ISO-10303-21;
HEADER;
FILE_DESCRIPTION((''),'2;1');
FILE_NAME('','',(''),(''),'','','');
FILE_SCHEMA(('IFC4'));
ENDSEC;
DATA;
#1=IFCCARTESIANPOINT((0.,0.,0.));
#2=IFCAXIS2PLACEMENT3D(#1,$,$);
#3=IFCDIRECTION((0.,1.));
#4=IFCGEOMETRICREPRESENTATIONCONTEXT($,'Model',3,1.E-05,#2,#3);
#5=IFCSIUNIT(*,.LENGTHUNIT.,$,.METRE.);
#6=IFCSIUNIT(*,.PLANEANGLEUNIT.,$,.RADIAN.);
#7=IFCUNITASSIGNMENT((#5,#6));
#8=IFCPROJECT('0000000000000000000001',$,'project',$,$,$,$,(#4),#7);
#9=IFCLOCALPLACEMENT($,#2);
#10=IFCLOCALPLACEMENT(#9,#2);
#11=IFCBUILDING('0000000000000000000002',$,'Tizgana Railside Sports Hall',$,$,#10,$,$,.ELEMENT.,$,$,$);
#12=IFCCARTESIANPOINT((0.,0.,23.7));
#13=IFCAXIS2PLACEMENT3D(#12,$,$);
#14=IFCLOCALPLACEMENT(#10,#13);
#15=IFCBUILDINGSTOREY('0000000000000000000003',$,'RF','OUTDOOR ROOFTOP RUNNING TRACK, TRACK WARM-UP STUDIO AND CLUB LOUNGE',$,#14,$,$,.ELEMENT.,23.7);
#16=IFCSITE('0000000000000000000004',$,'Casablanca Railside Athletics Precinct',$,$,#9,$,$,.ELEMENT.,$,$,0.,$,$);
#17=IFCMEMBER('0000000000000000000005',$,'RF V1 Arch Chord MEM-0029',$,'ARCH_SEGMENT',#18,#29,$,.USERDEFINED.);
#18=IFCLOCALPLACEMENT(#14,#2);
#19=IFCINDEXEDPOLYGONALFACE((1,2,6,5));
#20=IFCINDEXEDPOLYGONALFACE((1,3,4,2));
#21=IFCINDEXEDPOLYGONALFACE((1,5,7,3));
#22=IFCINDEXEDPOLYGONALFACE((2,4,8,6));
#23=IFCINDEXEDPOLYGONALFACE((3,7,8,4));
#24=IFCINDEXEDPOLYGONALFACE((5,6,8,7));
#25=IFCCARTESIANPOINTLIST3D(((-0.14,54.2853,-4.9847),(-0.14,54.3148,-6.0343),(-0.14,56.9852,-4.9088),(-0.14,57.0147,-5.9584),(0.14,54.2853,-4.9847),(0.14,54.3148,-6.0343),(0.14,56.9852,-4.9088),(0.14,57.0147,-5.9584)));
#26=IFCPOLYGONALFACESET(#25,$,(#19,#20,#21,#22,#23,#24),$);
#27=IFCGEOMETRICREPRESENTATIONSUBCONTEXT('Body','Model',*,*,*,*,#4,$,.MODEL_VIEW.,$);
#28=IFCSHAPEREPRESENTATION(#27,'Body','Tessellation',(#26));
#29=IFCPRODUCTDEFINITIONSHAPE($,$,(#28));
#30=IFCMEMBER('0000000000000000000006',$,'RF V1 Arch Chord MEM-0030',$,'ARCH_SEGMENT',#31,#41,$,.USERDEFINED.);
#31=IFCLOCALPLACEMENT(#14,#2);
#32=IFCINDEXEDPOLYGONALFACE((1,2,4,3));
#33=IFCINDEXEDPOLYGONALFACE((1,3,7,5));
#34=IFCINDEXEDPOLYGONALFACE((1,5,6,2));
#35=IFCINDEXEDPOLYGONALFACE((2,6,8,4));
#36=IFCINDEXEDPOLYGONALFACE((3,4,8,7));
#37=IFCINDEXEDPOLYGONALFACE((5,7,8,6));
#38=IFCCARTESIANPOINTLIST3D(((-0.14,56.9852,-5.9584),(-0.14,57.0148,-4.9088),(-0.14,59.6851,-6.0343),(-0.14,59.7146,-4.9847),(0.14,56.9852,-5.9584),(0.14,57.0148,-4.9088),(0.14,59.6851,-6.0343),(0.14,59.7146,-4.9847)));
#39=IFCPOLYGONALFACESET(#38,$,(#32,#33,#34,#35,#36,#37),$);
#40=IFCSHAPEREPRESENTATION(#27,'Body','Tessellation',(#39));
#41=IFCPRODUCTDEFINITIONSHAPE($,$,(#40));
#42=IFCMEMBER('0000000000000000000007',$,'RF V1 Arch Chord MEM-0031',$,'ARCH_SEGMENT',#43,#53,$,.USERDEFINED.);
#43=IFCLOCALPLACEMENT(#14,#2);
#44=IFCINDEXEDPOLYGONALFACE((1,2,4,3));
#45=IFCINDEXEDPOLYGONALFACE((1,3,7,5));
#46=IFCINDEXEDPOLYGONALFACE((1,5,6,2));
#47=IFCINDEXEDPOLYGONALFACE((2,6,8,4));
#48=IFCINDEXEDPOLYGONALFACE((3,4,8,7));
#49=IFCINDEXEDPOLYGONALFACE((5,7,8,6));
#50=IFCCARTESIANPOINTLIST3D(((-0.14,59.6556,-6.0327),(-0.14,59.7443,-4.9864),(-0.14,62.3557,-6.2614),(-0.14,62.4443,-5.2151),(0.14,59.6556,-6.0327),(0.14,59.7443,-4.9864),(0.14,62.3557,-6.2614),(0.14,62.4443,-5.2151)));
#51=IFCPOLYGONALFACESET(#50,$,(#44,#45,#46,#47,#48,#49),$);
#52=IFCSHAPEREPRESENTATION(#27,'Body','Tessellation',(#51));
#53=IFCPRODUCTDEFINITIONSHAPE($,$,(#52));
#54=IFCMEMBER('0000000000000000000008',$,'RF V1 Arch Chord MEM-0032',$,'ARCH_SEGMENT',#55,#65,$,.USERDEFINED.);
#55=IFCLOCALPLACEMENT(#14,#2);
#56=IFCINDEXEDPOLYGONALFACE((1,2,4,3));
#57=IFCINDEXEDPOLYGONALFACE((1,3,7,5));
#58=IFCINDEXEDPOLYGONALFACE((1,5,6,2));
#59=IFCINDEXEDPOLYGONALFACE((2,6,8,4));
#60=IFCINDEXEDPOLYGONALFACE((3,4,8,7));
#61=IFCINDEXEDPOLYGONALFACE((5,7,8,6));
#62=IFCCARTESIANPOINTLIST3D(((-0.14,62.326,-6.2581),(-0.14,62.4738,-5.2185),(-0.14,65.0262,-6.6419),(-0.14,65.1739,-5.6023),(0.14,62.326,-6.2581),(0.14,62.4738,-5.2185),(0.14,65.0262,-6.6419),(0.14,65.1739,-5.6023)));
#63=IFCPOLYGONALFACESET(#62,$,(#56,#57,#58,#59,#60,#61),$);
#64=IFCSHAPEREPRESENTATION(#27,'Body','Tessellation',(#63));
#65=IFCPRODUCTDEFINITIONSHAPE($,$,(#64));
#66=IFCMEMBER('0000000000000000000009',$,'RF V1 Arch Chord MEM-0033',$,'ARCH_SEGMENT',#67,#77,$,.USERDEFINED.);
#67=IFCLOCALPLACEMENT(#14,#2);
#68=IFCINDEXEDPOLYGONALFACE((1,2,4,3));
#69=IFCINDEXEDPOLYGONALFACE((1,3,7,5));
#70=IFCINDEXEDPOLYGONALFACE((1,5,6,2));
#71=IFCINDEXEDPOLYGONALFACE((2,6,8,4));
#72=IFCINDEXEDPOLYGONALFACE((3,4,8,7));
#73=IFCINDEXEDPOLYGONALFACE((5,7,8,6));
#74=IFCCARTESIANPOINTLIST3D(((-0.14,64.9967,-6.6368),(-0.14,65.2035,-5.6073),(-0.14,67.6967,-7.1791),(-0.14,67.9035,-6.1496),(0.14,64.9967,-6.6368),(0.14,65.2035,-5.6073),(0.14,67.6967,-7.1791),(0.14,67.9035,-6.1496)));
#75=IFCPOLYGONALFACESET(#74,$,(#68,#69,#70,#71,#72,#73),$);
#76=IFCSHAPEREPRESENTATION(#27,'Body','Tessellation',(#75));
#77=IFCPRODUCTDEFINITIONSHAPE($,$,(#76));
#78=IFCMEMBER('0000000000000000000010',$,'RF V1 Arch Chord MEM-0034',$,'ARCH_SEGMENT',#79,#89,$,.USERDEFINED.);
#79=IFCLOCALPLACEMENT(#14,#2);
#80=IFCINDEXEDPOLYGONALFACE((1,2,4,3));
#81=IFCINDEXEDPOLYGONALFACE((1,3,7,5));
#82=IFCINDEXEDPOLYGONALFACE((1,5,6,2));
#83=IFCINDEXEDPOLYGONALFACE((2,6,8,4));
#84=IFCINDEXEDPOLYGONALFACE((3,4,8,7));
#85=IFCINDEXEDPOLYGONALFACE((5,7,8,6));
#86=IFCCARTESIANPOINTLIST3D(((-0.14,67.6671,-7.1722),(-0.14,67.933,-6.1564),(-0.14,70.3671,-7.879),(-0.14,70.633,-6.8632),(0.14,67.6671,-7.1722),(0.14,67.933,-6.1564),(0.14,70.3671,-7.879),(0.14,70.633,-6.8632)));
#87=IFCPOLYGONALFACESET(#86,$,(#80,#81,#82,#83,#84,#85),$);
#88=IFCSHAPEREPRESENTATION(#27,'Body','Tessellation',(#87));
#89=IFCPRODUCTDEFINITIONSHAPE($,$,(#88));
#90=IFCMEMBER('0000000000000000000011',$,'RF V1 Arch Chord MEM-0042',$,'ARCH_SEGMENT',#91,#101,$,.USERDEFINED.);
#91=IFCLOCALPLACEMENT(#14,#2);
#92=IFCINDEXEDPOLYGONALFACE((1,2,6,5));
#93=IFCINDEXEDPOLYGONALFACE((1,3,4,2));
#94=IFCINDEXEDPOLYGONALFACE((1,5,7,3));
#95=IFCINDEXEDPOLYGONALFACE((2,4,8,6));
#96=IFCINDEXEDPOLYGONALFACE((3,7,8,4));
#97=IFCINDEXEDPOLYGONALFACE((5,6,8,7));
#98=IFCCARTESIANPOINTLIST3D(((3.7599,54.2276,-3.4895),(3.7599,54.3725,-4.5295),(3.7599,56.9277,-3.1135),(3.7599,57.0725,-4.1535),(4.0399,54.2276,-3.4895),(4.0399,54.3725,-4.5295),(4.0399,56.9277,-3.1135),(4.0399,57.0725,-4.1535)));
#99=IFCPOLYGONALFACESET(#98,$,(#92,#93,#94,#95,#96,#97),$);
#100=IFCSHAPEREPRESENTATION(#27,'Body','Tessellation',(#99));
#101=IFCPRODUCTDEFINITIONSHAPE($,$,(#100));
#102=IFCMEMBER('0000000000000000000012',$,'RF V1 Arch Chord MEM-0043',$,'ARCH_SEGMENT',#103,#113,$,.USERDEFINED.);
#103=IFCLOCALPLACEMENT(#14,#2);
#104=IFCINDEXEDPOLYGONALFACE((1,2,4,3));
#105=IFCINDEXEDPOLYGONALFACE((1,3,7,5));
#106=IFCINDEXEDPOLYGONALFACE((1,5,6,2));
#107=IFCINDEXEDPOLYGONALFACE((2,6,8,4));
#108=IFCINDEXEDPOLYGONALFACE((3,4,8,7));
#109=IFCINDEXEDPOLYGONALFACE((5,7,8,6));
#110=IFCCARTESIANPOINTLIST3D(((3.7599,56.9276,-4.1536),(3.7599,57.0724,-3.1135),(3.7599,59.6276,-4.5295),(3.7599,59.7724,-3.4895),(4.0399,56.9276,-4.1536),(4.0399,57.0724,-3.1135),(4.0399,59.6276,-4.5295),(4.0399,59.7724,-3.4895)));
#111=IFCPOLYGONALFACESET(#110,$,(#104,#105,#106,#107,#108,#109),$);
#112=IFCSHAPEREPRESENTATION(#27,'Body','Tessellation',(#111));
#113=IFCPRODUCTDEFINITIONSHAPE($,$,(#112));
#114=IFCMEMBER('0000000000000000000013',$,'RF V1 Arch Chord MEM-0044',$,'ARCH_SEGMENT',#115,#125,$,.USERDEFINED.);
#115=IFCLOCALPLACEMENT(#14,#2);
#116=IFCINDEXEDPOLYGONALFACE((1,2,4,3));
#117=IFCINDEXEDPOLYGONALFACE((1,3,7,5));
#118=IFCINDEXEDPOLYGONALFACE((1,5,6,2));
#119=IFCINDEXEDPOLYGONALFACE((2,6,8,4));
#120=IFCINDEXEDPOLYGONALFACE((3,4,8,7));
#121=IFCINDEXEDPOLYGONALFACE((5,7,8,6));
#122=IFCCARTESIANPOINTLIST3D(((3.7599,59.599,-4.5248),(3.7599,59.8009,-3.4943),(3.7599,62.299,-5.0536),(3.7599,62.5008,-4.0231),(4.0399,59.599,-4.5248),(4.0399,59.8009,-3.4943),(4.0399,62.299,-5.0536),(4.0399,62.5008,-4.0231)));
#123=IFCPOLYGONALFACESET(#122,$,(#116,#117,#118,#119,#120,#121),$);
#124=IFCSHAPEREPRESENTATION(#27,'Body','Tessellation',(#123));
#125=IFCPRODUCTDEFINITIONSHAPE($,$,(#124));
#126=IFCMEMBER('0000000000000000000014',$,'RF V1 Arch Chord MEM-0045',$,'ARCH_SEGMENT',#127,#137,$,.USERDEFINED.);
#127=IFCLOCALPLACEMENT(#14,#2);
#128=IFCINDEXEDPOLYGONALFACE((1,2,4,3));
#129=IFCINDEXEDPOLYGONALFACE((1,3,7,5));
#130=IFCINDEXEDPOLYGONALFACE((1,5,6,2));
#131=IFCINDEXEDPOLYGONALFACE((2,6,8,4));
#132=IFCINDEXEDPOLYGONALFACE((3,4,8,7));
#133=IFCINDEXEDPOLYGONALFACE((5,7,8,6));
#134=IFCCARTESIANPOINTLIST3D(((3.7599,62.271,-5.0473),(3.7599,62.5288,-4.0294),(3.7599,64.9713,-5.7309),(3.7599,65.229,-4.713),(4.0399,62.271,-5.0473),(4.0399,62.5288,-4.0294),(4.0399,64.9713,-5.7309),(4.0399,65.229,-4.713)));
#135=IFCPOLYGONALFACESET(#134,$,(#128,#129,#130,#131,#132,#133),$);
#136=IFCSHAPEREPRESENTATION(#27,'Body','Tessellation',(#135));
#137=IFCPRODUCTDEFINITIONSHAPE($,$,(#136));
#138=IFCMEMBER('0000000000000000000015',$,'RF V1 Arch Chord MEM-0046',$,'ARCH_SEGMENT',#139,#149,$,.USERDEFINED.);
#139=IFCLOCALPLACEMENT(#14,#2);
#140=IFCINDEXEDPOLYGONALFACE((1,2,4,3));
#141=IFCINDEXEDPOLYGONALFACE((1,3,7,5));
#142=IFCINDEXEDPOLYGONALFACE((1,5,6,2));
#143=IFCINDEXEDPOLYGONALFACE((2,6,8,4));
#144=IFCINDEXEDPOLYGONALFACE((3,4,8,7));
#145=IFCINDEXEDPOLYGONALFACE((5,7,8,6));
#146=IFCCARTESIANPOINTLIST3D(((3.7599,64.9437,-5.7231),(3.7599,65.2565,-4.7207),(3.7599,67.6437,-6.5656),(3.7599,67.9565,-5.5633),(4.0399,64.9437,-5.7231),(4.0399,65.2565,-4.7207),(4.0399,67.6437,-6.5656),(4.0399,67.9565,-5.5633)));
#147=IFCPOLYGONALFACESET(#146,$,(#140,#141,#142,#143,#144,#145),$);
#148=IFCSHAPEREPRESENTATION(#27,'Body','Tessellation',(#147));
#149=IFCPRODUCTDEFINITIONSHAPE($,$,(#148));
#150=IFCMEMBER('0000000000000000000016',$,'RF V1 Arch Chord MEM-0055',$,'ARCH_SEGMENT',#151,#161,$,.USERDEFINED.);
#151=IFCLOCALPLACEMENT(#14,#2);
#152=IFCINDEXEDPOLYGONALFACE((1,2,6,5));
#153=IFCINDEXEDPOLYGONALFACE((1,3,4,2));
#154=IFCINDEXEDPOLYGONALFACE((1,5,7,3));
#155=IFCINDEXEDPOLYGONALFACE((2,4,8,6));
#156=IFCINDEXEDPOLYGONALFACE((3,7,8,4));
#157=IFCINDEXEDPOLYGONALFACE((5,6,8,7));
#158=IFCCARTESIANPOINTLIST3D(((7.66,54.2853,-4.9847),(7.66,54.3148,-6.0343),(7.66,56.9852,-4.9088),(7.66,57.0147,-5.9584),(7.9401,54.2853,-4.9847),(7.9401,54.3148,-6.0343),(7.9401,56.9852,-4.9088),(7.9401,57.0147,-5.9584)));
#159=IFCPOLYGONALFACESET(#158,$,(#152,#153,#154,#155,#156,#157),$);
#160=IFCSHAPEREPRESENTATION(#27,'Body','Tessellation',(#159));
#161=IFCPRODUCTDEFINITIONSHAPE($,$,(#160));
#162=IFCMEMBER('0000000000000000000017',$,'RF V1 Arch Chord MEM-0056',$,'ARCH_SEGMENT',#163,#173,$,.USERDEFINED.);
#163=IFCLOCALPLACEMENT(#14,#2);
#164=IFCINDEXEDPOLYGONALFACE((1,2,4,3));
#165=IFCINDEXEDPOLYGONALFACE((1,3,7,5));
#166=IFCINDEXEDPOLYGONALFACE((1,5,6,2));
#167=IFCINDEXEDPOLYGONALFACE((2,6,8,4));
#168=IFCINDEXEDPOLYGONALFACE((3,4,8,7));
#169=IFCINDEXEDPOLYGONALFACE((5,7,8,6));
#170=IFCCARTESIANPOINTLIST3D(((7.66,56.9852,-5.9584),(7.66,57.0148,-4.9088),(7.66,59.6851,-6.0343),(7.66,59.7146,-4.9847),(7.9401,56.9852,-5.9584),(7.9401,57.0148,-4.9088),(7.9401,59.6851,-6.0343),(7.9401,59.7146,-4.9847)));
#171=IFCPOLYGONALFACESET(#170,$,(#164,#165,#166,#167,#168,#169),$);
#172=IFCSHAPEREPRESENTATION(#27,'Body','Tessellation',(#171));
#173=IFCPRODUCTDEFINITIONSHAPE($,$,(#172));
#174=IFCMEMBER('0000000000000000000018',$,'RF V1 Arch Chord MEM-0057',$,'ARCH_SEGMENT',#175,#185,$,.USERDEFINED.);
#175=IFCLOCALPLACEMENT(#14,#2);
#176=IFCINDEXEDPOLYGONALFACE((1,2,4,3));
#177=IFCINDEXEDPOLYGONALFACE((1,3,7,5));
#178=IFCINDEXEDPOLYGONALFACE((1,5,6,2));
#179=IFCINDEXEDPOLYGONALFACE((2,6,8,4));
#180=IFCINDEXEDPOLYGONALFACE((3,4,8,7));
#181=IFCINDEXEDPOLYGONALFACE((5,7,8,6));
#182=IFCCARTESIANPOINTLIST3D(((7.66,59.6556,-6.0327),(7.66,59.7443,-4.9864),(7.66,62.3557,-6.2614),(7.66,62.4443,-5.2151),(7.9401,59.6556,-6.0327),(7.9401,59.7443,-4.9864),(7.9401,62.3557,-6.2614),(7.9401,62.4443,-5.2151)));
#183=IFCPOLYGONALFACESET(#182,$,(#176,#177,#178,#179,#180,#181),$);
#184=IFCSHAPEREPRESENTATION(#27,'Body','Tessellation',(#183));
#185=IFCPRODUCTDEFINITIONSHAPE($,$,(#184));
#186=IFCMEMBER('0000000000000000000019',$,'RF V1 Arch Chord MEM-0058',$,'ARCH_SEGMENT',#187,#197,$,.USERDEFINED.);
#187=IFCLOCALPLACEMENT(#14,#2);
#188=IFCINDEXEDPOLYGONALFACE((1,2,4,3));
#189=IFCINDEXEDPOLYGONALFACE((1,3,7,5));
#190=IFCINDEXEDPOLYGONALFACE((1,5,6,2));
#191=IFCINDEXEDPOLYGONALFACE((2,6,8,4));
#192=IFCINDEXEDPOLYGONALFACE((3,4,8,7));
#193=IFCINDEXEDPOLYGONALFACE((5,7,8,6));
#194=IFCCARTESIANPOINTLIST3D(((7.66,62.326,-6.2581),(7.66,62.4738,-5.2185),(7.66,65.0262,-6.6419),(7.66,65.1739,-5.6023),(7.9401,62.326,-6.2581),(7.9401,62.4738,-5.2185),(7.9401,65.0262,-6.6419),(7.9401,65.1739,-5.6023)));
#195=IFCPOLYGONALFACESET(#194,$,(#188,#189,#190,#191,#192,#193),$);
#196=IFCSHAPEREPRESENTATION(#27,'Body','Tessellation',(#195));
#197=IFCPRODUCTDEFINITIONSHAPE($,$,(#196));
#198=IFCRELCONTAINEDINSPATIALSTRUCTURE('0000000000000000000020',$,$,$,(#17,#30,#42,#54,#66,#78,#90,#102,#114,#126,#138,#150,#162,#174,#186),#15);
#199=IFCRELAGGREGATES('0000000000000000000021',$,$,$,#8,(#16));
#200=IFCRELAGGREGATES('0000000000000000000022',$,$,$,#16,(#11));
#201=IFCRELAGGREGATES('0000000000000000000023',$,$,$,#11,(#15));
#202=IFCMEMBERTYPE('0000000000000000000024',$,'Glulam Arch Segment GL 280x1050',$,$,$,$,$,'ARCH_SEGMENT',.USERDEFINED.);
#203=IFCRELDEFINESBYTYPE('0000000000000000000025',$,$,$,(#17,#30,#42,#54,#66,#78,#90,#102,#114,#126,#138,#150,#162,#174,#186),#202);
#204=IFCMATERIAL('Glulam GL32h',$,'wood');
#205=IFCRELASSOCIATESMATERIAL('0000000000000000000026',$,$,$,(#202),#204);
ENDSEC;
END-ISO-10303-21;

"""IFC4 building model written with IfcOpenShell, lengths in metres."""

from ifc_helpers import new_model, si_unit, direction, frame, origin, origin_2d, place, context, subcontext, project, spatial, rectangle, extrude, material, material_profile, profile_set, type_object, element, save


model = new_model("IFC4")

# Units and contexts
model_context = context("Model", 3, precision=1e-05, world=origin(), true_north=direction((0.0, 1.0)))
body_context = subcontext(model_context, "Body", "Model", "MODEL_VIEW")
ifc_project = project(units=[si_unit("LENGTHUNIT", "METRE"), si_unit("PLANEANGLEUNIT", "RADIAN")], contexts=[model_context])

# Site, building, storey
site_placement = place(None, origin())
site = spatial("IfcSite", under=ifc_project, at=site_placement, Name="Casablanca Railside Athletics Precinct", CompositionType="ELEMENT", RefElevation=0.0)
building_placement = place(site_placement, origin())
building = spatial("IfcBuilding", under=site, at=building_placement, Name="Tizgana Railside Sports Hall", CompositionType="ELEMENT")
storey_placement = place(building_placement, frame((0.0, 0.0, 23.7)))
storey = spatial("IfcBuildingStorey", under=building, at=storey_placement, Name="RF", Description="OUTDOOR ROOFTOP RUNNING TRACK, TRACK WARM-UP STUDIO AND CLUB LOUNGE", CompositionType="ELEMENT", Elevation=23.7)

# Members
ifc_material_1 = material(Name="Glulam GL32h", Category="wood")
ifc_material_profile_1 = material_profile(ifc_material_1, rectangle(XDim=0.28, YDim=1.05, at=origin_2d()), Name="GL 280x1050")
ifc_profile_set_1 = profile_set([ifc_material_profile_1], Name="Glulam GL32h")
member_type_1 = type_object("IfcMemberType", Name="Glulam Arch Segment GL 280x1050", ElementType="ARCH_SEGMENT", PredefinedType="USERDEFINED", material=ifc_profile_set_1)
for number, where, z_axis, x_axis, name in (
    (1, (0.0, 54.3, -5.5095), (0.0, 0.999605, 0.028111), (-1.0, 0.0, 0.0), "RF V1 Arch Chord MEM-0029"),
    (2, (0.0, 57.0, -5.4336), (0.0, 0.999605, -0.028111), (-1.0, 0.0, 0.0), "RF V1 Arch Chord MEM-0030"),
):
    element("IfcMember", number, at=place(storey_placement, frame(where, z_axis=z_axis, x_axis=x_axis)), inside=storey, type_object=member_type_1, Name=name, ObjectType="ARCH_SEGMENT", PredefinedType="USERDEFINED", context=body_context, shape_type="SweptSolid", body=[
        extrude(rectangle(XDim=0.28, YDim=1.05, at=origin_2d()), origin(), (0.0, 0.0, 1.0), 2.7009),
    ])
member_1_placement = place(storey_placement, frame((0.0, 59.7, -5.5095), z_axis=(0.0, 0.99643, -0.084425), x_axis=(-1.0, 0.0, 0.0)))
element("IfcMember", 3, at=member_1_placement, inside=storey, type_object=member_type_1, Name="RF V1 Arch Chord MEM-0031", ObjectType="ARCH_SEGMENT", PredefinedType="USERDEFINED", context=body_context, shape_type="SweptSolid", body=[
    extrude(rectangle(XDim=0.28, YDim=1.05, at=origin_2d()), origin(), (0.0, 0.0, 1.0), 2.7097),
])
member_2_placement = place(storey_placement, frame((0.0, 62.3999, -5.7383), z_axis=(0.0, 0.99005, -0.14072), x_axis=(-1.0, 0.0, 0.0)))
element("IfcMember", 4, at=member_2_placement, inside=storey, type_object=member_type_1, Name="RF V1 Arch Chord MEM-0032", ObjectType="ARCH_SEGMENT", PredefinedType="USERDEFINED", context=body_context, shape_type="SweptSolid", body=[
    extrude(rectangle(XDim=0.28, YDim=1.05, at=origin_2d()), origin(), (0.0, 0.0, 1.0), 2.7273),
])
member_3_placement = place(storey_placement, frame((0.0, 65.1001, -6.1221), z_axis=(0.0, 0.980424, -0.1969), x_axis=(-1.0, 0.0, 0.0)))
element("IfcMember", 5, at=member_3_placement, inside=storey, type_object=member_type_1, Name="RF V1 Arch Chord MEM-0033", ObjectType="ARCH_SEGMENT", PredefinedType="USERDEFINED", context=body_context, shape_type="SweptSolid", body=[
    extrude(rectangle(XDim=0.28, YDim=1.05, at=origin_2d()), origin(), (0.0, 0.0, 1.0), 2.7539),
])
member_4_placement = place(storey_placement, frame((0.0, 67.8, -6.6643), z_axis=(0.0, 0.967402, -0.253244), x_axis=(-1.0, 0.0, 0.0)))
element("IfcMember", 6, at=member_4_placement, inside=storey, type_object=member_type_1, Name="RF V1 Arch Chord MEM-0034", ObjectType="ARCH_SEGMENT", PredefinedType="USERDEFINED", context=body_context, shape_type="SweptSolid", body=[
    extrude(rectangle(XDim=0.28, YDim=1.05, at=origin_2d()), origin(), (0.0, 0.0, 1.0), 2.791),
])
for number, where, z_axis, x_axis, name in (
    (7, (3.8999, 54.3, -4.0095), (0.0, 0.990443, 0.137922), (-1.0, 0.0, 0.0), "RF V1 Arch Chord MEM-0042"),
    (8, (3.8999, 57.0, -3.6335), (0.0, 0.990443, -0.137922), (-1.0, 0.0, 0.0), "RF V1 Arch Chord MEM-0043"),
):
    element("IfcMember", number, at=place(storey_placement, frame(where, z_axis=z_axis, x_axis=x_axis)), inside=storey, type_object=member_type_1, Name=name, ObjectType="ARCH_SEGMENT", PredefinedType="USERDEFINED", context=body_context, shape_type="SweptSolid", body=[
        extrude(rectangle(XDim=0.28, YDim=1.05, at=origin_2d()), origin(), (0.0, 0.0, 1.0), 2.7261),
    ])
member_5_placement = place(storey_placement, frame((3.8999, 59.7, -4.0095), z_axis=(0.0, 0.981354, -0.192207), x_axis=(-1.0, 0.0, 0.0)))
element("IfcMember", 9, at=member_5_placement, inside=storey, type_object=member_type_1, Name="RF V1 Arch Chord MEM-0044", ObjectType="ARCH_SEGMENT", PredefinedType="USERDEFINED", context=body_context, shape_type="SweptSolid", body=[
    extrude(rectangle(XDim=0.28, YDim=1.05, at=origin_2d()), origin(), (0.0, 0.0, 1.0), 2.7512),
])
member_6_placement = place(storey_placement, frame((3.8999, 62.3999, -4.5383), z_axis=(0.0, 0.969416, -0.245422), x_axis=(-1.0, 0.0, 0.0)))
element("IfcMember", 10, at=member_6_placement, inside=storey, type_object=member_type_1, Name="RF V1 Arch Chord MEM-0045", ObjectType="ARCH_SEGMENT", PredefinedType="USERDEFINED", context=body_context, shape_type="SweptSolid", body=[
    extrude(rectangle(XDim=0.28, YDim=1.05, at=origin_2d()), origin(), (0.0, 0.0, 1.0), 2.7854),
])
member_7_placement = place(storey_placement, frame((3.8999, 65.1001, -5.2219), z_axis=(0.0, 0.954601, -0.297887), x_axis=(-1.0, 0.0, 0.0)))
element("IfcMember", 11, at=member_7_placement, inside=storey, type_object=member_type_1, Name="RF V1 Arch Chord MEM-0046", ObjectType="ARCH_SEGMENT", PredefinedType="USERDEFINED", context=body_context, shape_type="SweptSolid", body=[
    extrude(rectangle(XDim=0.28, YDim=1.05, at=origin_2d()), origin(), (0.0, 0.0, 1.0), 2.8284),
])
for number, where, z_axis, x_axis, name in (
    (12, (7.8, 54.3, -5.5095), (0.0, 0.999605, 0.028111), (-1.0, 0.0, 0.0), "RF V1 Arch Chord MEM-0055"),
    (13, (7.8, 57.0, -5.4336), (0.0, 0.999605, -0.028111), (-1.0, 0.0, 0.0), "RF V1 Arch Chord MEM-0056"),
):
    element("IfcMember", number, at=place(storey_placement, frame(where, z_axis=z_axis, x_axis=x_axis)), inside=storey, type_object=member_type_1, Name=name, ObjectType="ARCH_SEGMENT", PredefinedType="USERDEFINED", context=body_context, shape_type="SweptSolid", body=[
        extrude(rectangle(XDim=0.28, YDim=1.05, at=origin_2d()), origin(), (0.0, 0.0, 1.0), 2.7009),
    ])
member_8_placement = place(storey_placement, frame((7.8, 59.7, -5.5095), z_axis=(0.0, 0.99643, -0.084425), x_axis=(-1.0, 0.0, 0.0)))
element("IfcMember", 14, at=member_8_placement, inside=storey, type_object=member_type_1, Name="RF V1 Arch Chord MEM-0057", ObjectType="ARCH_SEGMENT", PredefinedType="USERDEFINED", context=body_context, shape_type="SweptSolid", body=[
    extrude(rectangle(XDim=0.28, YDim=1.05, at=origin_2d()), origin(), (0.0, 0.0, 1.0), 2.7097),
])
member_9_placement = place(storey_placement, frame((7.8, 62.3999, -5.7383), z_axis=(0.0, 0.99005, -0.14072), x_axis=(-1.0, 0.0, 0.0)))
element("IfcMember", 15, at=member_9_placement, inside=storey, type_object=member_type_1, Name="RF V1 Arch Chord MEM-0058", ObjectType="ARCH_SEGMENT", PredefinedType="USERDEFINED", context=body_context, shape_type="SweptSolid", body=[
    extrude(rectangle(XDim=0.28, YDim=1.05, at=origin_2d()), origin(), (0.0, 0.0, 1.0), 2.7273),
])

save(model, "model.ifc")
